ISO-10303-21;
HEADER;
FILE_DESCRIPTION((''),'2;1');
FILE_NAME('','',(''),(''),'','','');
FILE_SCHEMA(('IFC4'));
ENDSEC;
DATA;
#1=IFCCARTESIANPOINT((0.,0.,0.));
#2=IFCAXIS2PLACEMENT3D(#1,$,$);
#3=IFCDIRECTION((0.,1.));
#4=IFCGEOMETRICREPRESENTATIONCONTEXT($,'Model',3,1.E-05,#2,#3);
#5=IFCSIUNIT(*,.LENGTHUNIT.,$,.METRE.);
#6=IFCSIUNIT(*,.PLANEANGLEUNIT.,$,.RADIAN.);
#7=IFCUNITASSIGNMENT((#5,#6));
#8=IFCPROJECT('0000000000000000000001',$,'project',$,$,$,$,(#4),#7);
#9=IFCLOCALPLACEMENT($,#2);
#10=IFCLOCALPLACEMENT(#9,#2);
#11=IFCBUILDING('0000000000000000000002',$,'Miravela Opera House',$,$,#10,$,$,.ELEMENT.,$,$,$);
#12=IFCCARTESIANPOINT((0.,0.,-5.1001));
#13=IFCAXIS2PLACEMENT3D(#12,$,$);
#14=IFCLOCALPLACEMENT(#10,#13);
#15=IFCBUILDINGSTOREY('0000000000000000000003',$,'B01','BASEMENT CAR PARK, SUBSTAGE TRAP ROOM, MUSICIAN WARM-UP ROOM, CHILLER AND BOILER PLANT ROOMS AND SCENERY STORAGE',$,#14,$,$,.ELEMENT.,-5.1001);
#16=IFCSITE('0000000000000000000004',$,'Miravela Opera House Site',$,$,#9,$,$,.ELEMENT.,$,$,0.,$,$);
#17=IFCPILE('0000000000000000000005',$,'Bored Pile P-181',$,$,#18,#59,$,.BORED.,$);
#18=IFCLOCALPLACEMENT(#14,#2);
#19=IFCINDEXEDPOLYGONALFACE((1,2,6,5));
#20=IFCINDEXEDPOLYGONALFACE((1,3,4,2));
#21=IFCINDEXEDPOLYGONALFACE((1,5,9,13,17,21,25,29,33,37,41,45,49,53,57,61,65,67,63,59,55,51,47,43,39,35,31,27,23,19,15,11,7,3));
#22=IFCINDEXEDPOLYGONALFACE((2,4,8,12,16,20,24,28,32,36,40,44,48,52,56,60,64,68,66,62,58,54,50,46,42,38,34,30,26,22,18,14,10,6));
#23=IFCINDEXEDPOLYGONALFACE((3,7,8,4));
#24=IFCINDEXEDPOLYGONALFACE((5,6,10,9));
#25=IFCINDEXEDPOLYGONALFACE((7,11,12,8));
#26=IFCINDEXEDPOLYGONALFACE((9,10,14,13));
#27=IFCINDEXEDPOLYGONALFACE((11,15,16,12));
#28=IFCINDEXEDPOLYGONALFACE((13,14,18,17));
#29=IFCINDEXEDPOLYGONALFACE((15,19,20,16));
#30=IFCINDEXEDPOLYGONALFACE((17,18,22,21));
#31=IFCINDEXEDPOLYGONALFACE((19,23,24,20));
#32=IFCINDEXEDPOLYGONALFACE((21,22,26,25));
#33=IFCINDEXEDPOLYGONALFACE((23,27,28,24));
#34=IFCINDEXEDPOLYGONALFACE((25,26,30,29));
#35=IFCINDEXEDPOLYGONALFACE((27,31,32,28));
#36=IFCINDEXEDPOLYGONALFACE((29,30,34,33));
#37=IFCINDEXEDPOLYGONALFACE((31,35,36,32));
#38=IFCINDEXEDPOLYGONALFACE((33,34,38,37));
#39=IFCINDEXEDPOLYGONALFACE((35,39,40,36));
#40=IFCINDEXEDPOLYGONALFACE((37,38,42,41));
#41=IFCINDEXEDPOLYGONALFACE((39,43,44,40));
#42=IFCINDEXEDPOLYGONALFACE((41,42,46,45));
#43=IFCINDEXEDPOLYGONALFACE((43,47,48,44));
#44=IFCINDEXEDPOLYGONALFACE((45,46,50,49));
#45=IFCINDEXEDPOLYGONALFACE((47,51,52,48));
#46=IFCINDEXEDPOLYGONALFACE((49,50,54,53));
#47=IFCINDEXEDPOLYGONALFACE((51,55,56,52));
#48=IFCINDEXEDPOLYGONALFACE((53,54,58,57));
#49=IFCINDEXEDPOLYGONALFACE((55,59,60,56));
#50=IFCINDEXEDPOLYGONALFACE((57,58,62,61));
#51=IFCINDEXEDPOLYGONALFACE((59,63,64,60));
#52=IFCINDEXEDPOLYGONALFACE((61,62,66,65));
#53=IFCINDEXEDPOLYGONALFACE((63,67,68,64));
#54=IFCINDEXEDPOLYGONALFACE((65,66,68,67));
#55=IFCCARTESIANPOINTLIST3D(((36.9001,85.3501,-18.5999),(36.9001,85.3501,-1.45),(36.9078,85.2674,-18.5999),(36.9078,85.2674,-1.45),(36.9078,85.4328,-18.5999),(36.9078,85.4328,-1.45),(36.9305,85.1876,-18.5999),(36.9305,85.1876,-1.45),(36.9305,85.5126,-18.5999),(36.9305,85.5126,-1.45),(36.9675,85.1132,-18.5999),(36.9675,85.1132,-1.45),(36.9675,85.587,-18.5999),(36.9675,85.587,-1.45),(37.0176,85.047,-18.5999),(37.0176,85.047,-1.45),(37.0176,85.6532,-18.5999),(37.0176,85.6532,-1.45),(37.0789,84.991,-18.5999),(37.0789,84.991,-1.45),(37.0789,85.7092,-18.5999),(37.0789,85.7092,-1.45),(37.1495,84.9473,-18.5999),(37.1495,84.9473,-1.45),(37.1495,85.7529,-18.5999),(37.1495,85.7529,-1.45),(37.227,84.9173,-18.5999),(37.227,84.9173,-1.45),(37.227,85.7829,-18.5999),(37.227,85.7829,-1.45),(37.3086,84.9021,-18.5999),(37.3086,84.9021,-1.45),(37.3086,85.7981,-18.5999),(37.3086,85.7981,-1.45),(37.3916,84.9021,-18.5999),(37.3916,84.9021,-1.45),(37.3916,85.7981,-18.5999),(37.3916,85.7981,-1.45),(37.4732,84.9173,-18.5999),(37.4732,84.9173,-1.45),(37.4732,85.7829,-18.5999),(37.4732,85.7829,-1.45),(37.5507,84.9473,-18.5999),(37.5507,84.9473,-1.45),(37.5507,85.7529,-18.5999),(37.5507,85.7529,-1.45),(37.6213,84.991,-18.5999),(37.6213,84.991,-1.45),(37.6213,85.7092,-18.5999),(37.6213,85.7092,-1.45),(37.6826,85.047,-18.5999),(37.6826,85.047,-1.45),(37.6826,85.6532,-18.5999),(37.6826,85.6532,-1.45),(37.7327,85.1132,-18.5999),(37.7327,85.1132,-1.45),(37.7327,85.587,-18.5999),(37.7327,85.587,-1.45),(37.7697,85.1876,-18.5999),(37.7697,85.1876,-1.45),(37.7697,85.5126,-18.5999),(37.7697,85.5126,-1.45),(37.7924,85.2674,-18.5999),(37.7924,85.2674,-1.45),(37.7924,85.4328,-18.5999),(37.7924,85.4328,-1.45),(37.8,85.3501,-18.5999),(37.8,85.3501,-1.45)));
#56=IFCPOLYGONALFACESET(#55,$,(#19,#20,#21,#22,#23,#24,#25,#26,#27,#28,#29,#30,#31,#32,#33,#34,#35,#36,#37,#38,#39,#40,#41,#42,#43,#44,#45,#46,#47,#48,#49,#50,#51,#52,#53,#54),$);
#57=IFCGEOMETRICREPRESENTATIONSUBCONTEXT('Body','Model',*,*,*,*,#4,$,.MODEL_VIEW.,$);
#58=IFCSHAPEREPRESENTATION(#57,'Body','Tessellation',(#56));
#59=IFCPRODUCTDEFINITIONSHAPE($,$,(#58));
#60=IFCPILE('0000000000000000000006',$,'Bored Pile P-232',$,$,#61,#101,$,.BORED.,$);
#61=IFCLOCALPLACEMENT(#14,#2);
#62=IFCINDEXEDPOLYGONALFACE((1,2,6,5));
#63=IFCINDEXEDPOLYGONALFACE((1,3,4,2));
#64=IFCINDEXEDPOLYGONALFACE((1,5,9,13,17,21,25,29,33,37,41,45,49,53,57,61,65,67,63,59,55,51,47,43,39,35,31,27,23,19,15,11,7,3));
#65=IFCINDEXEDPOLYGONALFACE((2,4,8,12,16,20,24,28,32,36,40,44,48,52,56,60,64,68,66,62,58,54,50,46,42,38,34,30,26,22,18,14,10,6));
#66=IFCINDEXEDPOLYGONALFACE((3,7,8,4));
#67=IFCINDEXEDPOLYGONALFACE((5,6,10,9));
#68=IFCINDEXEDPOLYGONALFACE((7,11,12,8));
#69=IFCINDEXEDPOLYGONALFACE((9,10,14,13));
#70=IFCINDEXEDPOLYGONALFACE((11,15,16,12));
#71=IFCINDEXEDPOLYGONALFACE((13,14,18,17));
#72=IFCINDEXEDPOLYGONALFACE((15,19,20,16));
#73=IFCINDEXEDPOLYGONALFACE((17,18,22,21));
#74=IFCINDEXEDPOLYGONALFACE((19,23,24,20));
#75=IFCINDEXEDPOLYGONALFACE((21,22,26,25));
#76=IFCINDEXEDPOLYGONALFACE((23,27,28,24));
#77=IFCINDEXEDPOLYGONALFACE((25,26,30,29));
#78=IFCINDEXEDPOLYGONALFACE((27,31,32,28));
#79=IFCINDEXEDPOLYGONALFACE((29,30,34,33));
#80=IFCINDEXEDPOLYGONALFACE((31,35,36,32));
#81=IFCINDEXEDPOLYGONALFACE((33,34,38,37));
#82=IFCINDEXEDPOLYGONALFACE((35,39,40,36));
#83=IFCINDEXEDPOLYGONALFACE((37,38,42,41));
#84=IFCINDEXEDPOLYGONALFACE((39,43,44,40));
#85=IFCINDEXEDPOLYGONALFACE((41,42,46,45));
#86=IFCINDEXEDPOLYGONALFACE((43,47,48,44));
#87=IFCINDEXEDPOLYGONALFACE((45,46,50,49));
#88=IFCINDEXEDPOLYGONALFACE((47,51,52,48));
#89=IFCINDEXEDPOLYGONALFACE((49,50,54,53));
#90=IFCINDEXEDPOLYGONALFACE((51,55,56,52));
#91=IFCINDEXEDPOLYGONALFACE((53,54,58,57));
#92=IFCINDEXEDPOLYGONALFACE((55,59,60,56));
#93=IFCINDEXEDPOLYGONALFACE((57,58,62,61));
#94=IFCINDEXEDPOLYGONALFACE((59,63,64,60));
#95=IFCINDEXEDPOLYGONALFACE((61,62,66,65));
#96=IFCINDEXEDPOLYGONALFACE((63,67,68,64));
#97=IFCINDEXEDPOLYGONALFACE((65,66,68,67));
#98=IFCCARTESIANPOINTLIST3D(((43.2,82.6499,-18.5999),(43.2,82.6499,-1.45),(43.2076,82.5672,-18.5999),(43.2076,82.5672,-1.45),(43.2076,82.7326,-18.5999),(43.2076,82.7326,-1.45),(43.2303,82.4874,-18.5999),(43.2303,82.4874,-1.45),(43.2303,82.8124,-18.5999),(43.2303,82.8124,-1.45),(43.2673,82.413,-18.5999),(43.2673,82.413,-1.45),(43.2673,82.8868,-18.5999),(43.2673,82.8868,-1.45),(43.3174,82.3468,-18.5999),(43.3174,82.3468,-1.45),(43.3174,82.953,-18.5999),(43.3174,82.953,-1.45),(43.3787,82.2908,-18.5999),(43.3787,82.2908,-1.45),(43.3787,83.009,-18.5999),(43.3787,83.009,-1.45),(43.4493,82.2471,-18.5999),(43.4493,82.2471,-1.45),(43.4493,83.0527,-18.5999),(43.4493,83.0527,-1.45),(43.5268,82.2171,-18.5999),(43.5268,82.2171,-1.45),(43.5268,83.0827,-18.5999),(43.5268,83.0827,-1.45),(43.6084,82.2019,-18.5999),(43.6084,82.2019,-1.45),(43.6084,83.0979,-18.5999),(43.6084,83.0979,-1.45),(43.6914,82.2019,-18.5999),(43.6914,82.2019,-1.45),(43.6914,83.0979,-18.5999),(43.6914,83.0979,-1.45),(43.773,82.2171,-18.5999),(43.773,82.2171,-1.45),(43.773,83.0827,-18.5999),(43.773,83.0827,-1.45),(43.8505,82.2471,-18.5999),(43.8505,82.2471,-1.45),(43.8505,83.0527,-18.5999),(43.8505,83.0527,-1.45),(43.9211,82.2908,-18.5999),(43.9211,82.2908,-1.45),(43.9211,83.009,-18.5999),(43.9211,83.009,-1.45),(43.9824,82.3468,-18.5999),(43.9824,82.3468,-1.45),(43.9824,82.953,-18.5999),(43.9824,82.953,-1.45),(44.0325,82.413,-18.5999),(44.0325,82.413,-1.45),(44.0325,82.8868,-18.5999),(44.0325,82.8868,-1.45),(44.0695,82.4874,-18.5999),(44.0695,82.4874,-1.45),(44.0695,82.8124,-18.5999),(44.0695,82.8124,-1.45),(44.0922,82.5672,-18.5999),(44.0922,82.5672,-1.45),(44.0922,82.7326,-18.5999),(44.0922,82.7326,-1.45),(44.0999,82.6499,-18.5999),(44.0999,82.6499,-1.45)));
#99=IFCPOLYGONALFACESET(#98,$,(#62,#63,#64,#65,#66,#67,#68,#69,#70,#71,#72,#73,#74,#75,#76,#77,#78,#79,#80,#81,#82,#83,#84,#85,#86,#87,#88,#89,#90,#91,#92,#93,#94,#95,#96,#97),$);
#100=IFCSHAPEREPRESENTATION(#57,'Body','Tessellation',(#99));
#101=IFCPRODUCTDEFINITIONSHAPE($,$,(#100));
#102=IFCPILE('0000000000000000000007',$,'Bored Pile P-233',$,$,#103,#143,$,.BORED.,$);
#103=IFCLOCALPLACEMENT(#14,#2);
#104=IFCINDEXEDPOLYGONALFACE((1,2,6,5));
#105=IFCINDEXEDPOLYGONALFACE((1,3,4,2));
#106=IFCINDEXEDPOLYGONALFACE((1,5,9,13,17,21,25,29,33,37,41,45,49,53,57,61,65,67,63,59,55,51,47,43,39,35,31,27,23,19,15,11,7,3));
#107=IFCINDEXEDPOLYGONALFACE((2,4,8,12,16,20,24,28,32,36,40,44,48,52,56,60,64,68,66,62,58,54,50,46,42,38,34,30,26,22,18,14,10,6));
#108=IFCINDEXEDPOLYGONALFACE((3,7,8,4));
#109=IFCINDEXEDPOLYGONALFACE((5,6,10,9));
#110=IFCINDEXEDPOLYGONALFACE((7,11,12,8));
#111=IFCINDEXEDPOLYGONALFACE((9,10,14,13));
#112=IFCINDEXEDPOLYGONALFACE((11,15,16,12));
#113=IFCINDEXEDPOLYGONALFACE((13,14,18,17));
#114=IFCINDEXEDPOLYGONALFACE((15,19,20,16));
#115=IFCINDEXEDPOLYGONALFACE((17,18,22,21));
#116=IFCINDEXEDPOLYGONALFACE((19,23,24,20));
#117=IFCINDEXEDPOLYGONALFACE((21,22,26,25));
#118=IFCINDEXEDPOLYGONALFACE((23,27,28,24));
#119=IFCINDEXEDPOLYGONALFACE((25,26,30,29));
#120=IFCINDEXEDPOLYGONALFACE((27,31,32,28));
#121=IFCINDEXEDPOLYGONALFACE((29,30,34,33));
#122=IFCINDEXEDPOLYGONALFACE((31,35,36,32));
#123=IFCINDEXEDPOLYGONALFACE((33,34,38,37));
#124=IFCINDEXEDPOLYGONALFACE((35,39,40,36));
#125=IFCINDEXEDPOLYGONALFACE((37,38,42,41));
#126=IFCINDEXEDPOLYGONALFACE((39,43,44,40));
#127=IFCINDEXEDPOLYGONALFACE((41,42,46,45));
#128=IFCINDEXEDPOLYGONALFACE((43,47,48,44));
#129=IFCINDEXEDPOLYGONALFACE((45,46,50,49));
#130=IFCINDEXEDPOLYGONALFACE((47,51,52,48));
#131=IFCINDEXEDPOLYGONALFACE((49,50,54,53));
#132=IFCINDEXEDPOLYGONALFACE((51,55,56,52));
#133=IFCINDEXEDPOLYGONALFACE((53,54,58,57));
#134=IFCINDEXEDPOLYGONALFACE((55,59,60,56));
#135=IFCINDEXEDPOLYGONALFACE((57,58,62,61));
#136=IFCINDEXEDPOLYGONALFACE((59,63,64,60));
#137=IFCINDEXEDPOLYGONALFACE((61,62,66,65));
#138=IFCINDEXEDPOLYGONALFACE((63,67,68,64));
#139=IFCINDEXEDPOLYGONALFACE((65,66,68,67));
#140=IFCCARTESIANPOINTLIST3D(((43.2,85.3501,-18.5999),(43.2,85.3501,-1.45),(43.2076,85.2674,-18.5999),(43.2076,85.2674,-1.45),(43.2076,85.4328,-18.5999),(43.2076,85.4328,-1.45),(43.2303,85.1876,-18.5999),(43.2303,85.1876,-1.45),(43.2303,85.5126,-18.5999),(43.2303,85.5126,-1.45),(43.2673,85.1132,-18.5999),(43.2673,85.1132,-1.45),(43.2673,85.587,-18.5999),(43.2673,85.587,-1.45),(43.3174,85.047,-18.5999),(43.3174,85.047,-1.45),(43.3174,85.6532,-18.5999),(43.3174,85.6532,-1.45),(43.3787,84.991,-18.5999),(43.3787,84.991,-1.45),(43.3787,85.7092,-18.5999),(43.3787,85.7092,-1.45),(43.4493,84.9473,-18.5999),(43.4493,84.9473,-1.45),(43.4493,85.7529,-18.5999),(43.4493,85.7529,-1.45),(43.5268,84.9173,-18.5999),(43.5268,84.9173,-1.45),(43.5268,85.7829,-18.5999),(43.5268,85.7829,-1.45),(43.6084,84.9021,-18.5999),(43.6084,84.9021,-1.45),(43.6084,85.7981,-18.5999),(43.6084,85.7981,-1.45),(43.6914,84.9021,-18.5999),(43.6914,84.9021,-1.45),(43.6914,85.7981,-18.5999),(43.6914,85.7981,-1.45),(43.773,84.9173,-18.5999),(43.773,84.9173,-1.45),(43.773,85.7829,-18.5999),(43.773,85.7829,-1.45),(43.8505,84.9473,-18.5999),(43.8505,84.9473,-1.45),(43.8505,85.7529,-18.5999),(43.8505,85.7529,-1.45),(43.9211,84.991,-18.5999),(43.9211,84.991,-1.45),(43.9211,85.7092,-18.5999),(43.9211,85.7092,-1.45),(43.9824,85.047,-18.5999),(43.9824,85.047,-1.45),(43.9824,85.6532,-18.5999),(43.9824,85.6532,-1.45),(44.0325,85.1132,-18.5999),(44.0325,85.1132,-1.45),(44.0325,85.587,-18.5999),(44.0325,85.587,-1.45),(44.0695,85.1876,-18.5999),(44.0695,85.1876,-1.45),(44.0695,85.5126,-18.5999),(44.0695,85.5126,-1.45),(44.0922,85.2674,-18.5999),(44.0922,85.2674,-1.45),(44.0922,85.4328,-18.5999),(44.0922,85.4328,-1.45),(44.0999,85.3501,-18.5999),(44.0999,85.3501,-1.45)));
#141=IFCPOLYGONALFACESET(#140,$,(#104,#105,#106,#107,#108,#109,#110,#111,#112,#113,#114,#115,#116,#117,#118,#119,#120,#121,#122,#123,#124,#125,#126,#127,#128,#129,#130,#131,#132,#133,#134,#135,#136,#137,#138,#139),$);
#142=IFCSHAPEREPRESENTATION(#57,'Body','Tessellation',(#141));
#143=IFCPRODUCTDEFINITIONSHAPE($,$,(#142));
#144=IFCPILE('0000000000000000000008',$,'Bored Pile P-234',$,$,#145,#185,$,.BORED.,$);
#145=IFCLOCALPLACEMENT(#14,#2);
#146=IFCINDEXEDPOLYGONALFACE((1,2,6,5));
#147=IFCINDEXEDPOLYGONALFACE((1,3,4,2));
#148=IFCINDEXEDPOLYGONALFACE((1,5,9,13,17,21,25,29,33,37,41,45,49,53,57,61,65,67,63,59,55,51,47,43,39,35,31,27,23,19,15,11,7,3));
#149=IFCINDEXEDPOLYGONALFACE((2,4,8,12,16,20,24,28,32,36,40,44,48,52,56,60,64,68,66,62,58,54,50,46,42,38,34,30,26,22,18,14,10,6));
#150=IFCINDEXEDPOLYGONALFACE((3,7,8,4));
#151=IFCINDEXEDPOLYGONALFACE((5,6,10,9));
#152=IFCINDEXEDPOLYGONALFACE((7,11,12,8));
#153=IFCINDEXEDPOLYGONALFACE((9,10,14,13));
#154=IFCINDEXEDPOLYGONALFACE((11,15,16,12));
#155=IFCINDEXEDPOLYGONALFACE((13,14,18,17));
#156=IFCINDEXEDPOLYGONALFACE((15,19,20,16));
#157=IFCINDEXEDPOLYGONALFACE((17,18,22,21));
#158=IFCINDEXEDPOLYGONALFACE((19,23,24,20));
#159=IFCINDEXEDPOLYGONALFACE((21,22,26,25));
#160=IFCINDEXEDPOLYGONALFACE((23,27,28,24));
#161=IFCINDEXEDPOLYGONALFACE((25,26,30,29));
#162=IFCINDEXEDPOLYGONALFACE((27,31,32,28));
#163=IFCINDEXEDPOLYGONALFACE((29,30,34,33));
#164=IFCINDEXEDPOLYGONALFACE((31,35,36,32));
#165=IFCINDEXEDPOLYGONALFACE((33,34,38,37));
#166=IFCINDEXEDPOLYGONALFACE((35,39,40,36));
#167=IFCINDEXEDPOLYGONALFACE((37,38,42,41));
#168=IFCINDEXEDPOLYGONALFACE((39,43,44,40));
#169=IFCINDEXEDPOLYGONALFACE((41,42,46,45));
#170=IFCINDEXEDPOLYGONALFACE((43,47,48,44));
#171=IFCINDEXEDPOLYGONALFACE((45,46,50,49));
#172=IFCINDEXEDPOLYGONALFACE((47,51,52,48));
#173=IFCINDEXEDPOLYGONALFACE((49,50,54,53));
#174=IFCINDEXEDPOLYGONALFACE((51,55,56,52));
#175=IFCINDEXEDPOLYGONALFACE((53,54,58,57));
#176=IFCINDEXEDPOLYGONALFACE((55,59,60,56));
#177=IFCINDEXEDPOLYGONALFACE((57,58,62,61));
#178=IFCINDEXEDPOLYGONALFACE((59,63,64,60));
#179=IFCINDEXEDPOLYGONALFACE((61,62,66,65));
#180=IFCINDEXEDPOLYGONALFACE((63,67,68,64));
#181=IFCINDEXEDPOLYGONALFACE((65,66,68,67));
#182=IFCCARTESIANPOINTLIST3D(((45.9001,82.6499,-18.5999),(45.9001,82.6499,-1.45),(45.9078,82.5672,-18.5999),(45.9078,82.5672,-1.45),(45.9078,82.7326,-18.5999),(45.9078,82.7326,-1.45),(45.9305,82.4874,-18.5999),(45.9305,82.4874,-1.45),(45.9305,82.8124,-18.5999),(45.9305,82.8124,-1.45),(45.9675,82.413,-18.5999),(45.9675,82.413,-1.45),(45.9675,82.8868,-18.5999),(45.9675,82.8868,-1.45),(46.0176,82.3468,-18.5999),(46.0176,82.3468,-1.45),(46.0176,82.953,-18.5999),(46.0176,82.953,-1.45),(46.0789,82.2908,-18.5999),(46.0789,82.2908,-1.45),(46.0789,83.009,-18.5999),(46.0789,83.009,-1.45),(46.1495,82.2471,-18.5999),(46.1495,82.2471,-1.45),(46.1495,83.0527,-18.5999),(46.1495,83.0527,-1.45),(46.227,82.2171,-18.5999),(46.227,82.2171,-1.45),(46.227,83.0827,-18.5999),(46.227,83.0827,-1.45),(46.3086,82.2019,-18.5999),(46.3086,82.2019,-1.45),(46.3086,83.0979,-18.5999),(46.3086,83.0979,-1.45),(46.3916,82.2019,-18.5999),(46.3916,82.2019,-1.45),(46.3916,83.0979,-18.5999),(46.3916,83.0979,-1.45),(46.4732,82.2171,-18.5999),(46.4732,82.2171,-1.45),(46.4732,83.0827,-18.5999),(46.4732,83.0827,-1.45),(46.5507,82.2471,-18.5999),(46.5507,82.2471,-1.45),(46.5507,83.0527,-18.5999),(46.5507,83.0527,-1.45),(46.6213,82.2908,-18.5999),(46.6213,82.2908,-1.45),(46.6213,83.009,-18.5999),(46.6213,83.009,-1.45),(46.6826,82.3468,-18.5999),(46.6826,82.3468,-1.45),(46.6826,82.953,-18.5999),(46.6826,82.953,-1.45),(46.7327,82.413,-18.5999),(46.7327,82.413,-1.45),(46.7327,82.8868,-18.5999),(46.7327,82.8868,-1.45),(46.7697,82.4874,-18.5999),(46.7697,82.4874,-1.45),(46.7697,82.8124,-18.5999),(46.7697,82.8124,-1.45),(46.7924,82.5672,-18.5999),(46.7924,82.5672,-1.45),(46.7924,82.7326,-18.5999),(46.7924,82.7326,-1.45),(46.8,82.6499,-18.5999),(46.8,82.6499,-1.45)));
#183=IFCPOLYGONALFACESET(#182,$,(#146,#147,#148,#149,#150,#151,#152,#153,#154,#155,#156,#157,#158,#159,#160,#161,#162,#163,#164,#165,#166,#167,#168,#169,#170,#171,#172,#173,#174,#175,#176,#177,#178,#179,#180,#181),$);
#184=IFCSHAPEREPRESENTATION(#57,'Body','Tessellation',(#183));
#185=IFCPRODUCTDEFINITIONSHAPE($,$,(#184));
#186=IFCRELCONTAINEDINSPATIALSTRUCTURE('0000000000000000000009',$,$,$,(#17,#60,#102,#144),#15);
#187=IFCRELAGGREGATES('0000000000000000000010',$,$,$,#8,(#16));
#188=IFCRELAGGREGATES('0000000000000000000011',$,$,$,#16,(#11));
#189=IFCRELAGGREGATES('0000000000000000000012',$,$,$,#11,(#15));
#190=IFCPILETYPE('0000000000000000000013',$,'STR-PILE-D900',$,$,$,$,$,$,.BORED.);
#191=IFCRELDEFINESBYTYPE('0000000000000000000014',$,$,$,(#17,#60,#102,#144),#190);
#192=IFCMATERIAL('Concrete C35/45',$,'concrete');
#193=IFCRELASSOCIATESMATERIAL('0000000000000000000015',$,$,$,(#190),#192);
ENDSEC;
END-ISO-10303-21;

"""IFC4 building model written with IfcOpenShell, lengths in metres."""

from ifc_helpers import new_model, si_unit, direction, frame, origin, origin_2d, place, context, subcontext, project, spatial, circle, extrude, material, material_profile, profile_set, type_object, element, save


model = new_model("IFC4")

# Units and contexts
model_context = context("Model", 3, precision=1e-05, world=origin(), true_north=direction((0.0, 1.0)))
body_context = subcontext(model_context, "Body", "Model", "MODEL_VIEW")
ifc_project = project(units=[si_unit("LENGTHUNIT", "METRE"), si_unit("PLANEANGLEUNIT", "RADIAN")], contexts=[model_context])

# Site, building, storey
site_placement = place(None, origin())
site = spatial("IfcSite", under=ifc_project, at=site_placement, Name="Miravela Opera House Site", CompositionType="ELEMENT", RefElevation=0.0)
building_placement = place(site_placement, origin())
building = spatial("IfcBuilding", under=site, at=building_placement, Name="Miravela Opera House", CompositionType="ELEMENT")
storey_placement = place(building_placement, frame((0.0, 0.0, -5.1001)))
storey = spatial("IfcBuildingStorey", under=building, at=storey_placement, Name="B01", Description="BASEMENT CAR PARK, SUBSTAGE TRAP ROOM, MUSICIAN WARM-UP ROOM, CHILLER AND BOILER PLANT ROOMS AND SCENERY STORAGE", CompositionType="ELEMENT", Elevation=-5.1001)

# Shared definitions
ifc_material_1 = material(Name="Concrete C35/45", Category="concrete")

# Piles
ifc_material_profile_1 = material_profile(ifc_material_1, circle(Radius=0.45, at=origin_2d()), Name="PILE-D900")
ifc_profile_set_1 = profile_set([ifc_material_profile_1])
pile_type_1 = type_object("IfcPileType", Name="STR-PILE-D900", PredefinedType="BORED", material=ifc_profile_set_1)
for number, where, z_axis, x_axis, name in (
    (1, (37.3501, 85.3501, -1.45), (0.0, 0.0, -1.0), (1.0, 0.0, 0.0), "Bored Pile P-181"),
    (2, (43.6499, 82.6499, -1.45), (0.0, 0.0, -1.0), (1.0, 0.0, 0.0), "Bored Pile P-232"),
    (3, (43.6499, 85.3501, -1.45), (0.0, 0.0, -1.0), (1.0, 0.0, 0.0), "Bored Pile P-233"),
    (4, (46.3501, 82.6499, -1.45), (0.0, 0.0, -1.0), (1.0, 0.0, 0.0), "Bored Pile P-234"),
):
    element("IfcPile", number, at=place(storey_placement, frame(where, z_axis=z_axis, x_axis=x_axis)), inside=storey, type_object=pile_type_1, Name=name, PredefinedType="BORED", context=body_context, shape_type="SweptSolid", body=[
        extrude(circle(Radius=0.45, at=origin_2d()), origin(), (0.0, 0.0, 1.0), 17.1499),
    ])

save(model, "model.ifc")
